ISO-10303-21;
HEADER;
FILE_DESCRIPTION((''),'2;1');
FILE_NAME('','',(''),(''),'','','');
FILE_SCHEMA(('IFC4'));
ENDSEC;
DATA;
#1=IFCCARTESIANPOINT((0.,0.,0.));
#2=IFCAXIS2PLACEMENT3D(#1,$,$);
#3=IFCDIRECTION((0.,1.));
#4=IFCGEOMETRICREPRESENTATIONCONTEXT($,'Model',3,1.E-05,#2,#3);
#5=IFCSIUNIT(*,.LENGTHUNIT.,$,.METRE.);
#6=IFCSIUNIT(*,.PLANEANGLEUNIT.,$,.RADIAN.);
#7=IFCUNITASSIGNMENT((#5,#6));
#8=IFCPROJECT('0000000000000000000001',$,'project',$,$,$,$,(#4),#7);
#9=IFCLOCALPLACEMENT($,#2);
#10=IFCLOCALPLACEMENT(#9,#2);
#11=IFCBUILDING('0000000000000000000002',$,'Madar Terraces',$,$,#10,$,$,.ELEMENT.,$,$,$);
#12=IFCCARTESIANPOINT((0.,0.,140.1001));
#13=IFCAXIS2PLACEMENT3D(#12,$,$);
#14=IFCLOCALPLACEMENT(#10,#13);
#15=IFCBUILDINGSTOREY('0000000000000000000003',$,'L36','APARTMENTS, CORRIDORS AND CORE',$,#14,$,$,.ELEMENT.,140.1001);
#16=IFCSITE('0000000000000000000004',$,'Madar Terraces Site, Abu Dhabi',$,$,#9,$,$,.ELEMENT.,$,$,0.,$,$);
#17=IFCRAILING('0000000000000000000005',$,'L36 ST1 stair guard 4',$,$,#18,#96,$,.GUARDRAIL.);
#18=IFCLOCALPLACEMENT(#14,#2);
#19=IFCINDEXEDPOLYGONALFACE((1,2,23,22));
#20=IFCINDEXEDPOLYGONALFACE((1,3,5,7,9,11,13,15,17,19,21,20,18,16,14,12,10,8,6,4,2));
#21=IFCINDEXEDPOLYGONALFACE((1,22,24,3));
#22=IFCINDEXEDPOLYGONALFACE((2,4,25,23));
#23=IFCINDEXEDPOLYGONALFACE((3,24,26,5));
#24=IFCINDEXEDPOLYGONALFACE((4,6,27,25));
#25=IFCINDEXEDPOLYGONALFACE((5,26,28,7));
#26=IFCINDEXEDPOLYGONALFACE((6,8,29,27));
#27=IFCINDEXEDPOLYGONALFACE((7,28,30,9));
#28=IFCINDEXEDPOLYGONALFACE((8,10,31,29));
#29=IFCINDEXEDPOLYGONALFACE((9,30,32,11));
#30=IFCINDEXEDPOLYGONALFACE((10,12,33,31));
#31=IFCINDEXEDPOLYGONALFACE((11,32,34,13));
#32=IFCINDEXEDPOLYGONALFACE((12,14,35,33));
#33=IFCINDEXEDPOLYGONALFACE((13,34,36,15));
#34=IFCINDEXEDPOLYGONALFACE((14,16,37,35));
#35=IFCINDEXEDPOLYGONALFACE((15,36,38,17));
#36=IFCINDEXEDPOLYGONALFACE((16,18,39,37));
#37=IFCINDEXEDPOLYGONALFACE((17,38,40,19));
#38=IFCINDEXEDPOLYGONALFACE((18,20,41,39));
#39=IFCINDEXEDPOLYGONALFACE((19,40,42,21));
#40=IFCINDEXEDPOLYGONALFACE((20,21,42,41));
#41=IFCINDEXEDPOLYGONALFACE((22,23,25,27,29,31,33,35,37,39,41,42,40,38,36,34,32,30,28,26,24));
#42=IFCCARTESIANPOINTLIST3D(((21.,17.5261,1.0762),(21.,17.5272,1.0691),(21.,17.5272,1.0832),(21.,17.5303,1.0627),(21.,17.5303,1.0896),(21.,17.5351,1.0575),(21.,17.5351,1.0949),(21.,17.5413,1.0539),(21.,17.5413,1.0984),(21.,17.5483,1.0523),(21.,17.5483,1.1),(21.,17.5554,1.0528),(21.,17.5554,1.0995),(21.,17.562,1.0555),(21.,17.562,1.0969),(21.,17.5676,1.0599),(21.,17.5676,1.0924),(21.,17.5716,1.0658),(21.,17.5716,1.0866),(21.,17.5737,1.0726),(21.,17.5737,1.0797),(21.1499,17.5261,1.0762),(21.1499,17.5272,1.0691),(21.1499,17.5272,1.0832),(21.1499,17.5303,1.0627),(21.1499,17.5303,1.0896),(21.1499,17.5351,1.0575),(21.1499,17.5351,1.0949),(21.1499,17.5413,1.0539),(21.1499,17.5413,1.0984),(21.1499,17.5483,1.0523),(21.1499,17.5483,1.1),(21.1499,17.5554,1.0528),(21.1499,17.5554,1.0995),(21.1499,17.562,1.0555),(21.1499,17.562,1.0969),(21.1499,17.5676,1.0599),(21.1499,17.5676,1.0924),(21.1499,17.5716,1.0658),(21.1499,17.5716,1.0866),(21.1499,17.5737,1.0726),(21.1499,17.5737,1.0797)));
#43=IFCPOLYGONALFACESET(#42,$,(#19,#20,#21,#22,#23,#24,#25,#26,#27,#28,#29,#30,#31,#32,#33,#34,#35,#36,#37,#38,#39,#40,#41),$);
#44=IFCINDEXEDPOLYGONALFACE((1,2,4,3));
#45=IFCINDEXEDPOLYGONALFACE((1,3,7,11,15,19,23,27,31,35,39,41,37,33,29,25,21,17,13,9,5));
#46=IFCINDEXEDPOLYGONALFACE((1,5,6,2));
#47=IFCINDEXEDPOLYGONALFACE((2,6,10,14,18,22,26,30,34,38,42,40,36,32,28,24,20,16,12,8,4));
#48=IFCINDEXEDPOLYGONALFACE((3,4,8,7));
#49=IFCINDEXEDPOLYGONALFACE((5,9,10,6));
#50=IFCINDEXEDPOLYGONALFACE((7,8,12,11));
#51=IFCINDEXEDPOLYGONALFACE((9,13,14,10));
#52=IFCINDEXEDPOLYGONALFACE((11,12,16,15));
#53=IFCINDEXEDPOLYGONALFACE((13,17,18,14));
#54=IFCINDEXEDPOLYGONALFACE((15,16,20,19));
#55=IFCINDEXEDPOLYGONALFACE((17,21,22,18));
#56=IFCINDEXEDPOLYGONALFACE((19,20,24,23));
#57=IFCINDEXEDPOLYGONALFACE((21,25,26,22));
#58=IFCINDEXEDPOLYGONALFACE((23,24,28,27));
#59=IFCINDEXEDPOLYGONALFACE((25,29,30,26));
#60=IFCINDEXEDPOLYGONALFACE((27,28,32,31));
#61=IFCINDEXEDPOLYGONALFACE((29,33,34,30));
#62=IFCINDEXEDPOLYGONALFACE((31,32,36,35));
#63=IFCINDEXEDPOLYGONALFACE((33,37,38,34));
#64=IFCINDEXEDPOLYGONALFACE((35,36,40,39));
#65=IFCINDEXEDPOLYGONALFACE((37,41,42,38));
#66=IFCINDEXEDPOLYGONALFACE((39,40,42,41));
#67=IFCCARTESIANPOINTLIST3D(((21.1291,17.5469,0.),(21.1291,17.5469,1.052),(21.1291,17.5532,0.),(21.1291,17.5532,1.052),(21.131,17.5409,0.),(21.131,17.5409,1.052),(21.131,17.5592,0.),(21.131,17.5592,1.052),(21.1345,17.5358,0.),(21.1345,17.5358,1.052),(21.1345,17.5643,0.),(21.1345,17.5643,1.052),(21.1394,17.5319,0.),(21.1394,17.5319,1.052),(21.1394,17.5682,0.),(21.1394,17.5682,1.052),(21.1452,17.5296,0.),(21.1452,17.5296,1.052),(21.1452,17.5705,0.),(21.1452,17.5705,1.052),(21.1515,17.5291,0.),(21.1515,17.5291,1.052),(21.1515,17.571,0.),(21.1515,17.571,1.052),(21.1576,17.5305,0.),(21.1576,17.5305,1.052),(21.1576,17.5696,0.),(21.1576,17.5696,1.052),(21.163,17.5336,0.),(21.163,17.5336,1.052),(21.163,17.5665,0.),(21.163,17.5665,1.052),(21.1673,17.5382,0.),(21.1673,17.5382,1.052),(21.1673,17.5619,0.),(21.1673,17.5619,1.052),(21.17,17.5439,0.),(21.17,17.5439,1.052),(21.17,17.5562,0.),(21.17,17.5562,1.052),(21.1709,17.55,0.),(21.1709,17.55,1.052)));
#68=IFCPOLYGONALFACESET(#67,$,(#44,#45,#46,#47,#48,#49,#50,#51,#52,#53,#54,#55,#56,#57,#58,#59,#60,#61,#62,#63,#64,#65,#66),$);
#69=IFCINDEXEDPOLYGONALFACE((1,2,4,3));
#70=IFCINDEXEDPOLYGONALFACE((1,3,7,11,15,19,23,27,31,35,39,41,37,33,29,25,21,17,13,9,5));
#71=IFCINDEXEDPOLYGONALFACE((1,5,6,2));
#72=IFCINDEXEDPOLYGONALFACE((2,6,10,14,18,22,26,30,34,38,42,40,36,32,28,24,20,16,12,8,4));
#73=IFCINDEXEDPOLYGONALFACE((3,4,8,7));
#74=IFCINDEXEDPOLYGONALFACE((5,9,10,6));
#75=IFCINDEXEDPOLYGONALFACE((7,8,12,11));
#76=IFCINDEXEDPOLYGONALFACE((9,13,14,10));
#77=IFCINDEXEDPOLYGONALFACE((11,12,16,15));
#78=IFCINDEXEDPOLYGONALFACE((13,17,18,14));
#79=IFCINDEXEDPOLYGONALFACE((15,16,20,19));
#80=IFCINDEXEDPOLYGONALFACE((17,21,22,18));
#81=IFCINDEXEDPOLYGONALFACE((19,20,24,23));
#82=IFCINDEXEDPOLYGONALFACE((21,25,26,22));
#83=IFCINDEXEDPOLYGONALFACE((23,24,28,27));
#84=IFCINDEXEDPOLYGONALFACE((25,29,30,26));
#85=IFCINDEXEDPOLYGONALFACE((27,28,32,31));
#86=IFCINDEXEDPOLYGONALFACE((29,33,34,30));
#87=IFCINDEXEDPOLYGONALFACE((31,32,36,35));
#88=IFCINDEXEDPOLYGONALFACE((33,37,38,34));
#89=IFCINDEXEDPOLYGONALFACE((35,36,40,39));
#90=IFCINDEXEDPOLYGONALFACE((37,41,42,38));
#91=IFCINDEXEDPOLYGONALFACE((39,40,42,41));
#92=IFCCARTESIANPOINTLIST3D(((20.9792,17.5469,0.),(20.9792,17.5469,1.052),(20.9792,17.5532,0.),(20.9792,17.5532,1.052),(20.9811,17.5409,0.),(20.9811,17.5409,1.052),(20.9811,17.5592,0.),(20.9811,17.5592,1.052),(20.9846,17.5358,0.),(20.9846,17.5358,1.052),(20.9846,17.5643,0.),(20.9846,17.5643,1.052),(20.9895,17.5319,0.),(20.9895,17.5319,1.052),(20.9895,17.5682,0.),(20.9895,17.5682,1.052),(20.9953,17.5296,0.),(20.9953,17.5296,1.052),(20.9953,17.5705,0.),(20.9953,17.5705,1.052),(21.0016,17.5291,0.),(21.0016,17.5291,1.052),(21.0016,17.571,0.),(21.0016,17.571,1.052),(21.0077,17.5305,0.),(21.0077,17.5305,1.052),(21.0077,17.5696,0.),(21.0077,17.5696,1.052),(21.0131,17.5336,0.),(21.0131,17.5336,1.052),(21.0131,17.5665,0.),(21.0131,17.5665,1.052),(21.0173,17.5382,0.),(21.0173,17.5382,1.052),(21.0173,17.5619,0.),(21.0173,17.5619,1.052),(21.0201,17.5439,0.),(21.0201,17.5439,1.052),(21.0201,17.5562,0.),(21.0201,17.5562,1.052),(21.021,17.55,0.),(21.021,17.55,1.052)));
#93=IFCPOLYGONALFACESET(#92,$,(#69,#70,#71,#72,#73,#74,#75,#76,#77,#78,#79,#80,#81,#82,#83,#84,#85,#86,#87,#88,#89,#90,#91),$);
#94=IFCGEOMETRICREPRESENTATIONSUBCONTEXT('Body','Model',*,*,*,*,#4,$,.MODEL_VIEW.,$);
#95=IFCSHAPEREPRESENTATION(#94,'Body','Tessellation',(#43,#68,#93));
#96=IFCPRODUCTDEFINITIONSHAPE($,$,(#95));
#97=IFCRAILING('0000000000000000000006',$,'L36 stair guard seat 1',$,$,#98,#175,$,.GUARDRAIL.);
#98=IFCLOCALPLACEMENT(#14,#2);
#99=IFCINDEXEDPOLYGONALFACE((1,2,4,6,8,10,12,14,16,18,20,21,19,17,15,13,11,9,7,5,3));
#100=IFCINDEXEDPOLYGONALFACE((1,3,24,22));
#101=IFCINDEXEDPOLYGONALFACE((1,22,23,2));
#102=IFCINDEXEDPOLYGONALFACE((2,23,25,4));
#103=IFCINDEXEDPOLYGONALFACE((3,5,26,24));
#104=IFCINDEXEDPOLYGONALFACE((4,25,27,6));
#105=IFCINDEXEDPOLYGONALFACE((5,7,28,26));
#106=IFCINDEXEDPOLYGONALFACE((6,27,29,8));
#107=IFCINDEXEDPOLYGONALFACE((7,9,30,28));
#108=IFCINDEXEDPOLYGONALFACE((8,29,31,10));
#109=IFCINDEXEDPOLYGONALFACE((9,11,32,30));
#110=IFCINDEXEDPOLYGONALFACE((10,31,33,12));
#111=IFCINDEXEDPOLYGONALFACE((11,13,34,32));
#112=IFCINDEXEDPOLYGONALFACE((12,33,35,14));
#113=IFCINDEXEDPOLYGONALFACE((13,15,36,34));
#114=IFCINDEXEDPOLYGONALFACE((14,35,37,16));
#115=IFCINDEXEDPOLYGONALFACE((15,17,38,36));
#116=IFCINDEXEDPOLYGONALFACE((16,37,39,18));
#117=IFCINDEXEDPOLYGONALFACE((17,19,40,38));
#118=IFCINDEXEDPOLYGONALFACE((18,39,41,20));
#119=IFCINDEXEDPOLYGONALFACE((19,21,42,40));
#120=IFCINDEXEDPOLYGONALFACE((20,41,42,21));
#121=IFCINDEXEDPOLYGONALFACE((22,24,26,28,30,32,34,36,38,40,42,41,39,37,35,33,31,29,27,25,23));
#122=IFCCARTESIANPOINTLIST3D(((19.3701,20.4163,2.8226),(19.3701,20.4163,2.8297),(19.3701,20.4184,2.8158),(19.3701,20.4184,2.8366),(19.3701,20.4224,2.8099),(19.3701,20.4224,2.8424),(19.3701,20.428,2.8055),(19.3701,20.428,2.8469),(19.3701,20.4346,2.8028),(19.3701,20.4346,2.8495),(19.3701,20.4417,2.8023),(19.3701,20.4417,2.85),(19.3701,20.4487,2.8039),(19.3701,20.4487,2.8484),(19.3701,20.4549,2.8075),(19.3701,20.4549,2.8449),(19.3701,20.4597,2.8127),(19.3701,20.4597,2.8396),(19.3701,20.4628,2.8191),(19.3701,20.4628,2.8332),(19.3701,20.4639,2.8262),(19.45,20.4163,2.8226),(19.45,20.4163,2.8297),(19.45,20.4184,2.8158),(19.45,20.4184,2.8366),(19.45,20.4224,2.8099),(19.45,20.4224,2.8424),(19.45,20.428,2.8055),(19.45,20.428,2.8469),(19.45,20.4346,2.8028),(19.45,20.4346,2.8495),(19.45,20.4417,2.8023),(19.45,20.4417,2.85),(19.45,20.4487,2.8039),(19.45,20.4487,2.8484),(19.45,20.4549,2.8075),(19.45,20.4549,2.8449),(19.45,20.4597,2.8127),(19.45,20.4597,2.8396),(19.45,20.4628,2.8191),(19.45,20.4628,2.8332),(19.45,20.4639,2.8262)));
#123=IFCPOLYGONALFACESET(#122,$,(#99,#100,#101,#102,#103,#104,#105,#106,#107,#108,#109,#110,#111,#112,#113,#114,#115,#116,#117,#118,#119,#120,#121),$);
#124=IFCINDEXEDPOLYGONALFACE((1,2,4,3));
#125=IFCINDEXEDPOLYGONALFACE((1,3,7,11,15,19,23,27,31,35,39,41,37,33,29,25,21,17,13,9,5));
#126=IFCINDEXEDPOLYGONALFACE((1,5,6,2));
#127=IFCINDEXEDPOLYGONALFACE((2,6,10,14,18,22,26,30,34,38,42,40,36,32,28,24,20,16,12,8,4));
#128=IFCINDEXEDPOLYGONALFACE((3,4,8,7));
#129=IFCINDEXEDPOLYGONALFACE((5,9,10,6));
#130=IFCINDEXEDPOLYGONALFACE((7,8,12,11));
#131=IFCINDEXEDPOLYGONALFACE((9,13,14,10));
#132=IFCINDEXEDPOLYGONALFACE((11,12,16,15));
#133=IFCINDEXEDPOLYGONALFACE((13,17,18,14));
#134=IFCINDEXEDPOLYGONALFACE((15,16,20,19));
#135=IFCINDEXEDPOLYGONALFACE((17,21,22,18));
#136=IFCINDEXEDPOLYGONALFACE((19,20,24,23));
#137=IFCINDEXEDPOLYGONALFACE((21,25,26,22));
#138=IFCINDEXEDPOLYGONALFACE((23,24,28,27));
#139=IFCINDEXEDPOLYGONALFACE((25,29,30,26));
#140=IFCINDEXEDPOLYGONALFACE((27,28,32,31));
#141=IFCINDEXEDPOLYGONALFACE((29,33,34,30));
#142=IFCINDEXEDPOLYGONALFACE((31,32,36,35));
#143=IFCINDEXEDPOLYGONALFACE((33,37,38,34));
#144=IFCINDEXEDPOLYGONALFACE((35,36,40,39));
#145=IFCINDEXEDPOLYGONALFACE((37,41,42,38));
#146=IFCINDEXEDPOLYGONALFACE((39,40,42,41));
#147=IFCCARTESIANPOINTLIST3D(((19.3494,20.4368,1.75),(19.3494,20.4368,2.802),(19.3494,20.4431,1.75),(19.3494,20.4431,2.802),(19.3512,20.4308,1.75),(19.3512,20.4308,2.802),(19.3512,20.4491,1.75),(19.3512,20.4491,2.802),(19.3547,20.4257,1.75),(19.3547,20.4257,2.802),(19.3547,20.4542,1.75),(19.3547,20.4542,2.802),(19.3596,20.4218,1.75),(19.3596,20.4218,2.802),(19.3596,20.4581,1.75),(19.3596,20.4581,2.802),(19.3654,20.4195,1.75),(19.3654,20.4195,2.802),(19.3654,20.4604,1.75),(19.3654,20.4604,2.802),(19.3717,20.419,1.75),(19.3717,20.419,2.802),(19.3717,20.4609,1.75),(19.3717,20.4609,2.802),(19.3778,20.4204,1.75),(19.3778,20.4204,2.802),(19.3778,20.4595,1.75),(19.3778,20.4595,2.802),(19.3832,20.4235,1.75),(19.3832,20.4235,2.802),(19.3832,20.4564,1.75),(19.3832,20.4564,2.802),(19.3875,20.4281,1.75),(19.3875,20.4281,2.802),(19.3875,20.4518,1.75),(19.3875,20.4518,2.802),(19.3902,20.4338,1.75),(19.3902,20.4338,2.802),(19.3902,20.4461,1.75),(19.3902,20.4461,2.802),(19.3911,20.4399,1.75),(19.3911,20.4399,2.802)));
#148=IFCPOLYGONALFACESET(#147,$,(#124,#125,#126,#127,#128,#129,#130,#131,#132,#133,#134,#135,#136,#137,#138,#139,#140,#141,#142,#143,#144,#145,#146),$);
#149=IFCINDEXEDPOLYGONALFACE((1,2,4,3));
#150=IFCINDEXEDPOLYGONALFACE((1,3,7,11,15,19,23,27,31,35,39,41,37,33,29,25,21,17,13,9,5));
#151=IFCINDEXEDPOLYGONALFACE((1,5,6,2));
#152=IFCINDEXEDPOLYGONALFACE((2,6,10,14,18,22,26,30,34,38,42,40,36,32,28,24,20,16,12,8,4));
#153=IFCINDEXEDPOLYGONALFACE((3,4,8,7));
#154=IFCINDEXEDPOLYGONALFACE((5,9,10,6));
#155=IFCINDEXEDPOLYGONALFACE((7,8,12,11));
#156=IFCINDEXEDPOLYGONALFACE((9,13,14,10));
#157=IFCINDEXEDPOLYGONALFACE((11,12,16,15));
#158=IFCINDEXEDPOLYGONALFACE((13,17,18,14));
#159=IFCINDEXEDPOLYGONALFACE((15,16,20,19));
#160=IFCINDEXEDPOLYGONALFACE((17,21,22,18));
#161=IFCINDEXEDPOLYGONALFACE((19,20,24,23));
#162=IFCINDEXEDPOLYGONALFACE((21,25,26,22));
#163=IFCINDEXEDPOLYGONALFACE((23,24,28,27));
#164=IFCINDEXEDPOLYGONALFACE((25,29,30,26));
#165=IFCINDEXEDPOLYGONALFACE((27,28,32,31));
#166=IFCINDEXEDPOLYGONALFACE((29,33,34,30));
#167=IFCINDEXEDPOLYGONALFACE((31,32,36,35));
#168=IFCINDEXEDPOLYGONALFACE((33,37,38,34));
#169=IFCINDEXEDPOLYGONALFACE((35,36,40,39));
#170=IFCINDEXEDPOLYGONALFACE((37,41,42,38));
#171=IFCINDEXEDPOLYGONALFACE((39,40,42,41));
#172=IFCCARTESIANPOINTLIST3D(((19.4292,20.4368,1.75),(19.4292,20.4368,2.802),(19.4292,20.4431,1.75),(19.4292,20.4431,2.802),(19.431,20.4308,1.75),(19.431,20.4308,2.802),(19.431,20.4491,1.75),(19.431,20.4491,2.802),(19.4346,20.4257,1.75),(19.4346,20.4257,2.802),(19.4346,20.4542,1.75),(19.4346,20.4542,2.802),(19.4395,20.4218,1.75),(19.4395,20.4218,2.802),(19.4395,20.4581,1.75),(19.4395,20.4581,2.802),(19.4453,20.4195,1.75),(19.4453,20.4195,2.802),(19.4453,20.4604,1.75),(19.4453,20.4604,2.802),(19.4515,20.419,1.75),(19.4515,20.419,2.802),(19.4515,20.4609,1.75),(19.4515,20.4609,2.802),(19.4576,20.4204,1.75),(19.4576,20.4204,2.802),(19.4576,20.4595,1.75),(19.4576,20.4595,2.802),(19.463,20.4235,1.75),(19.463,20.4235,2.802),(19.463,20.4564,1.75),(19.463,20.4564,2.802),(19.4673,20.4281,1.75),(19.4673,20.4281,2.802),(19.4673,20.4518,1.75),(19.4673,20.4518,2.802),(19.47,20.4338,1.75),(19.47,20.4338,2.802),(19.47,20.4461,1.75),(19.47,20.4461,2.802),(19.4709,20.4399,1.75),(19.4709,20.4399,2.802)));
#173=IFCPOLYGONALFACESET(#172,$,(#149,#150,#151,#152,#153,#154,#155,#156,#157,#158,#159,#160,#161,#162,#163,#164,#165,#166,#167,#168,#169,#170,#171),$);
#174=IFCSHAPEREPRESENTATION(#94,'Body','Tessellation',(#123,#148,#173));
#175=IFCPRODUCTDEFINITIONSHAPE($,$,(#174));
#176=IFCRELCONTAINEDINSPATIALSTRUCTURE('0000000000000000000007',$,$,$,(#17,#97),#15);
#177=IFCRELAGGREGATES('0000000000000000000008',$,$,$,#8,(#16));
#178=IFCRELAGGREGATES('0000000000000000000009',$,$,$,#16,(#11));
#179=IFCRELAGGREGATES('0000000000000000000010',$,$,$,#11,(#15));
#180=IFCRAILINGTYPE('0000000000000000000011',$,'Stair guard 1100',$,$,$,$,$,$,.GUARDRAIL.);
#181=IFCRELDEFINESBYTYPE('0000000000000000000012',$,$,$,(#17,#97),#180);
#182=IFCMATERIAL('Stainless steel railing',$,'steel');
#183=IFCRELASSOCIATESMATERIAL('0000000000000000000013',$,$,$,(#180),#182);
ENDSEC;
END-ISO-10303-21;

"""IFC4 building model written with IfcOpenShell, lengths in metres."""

from ifc_helpers import new_model, si_unit, direction, frame, origin, origin_2d, place, context, subcontext, project, spatial, circle, extrude, material, type_object, element, save


model = new_model("IFC4")

# Units and contexts
model_context = context("Model", 3, precision=1e-05, world=origin(), true_north=direction((0.0, 1.0)))
body_context = subcontext(model_context, "Body", "Model", "MODEL_VIEW")
ifc_project = project(units=[si_unit("LENGTHUNIT", "METRE"), si_unit("PLANEANGLEUNIT", "RADIAN")], contexts=[model_context])

# Site, building, storey
site_placement = place(None, origin())
site = spatial("IfcSite", under=ifc_project, at=site_placement, Name="Madar Terraces Site, Abu Dhabi", CompositionType="ELEMENT", RefElevation=0.0)
building_placement = place(site_placement, origin())
building = spatial("IfcBuilding", under=site, at=building_placement, Name="Madar Terraces", CompositionType="ELEMENT")
storey_placement = place(building_placement, frame((0.0, 0.0, 140.1001)))
storey = spatial("IfcBuildingStorey", under=building, at=storey_placement, Name="L36", Description="APARTMENTS, CORRIDORS AND CORE", CompositionType="ELEMENT", Elevation=140.1001)

# Railings
ifc_material_1 = material(Name="Stainless steel railing", Category="steel")
railing_type_1 = type_object("IfcRailingType", Name="Stair guard 1100", PredefinedType="GUARDRAIL", material=ifc_material_1)
railing_1_placement = place(storey_placement, frame((21.1499, 17.55, 0.0)))
element("IfcRailing", 1, at=railing_1_placement, inside=storey, type_object=railing_type_1, Name="L36 ST1 stair guard 4", PredefinedType="GUARDRAIL", context=body_context, shape_type="SweptSolid", body=[
    extrude(circle(Radius=0.0239, at=origin_2d()), frame((0.0, 0.0, 1.0762), z_axis=(-1.0, 0.0, 0.0), x_axis=(0.0, -1.0, 0.0)), (0.0, 0.0, 1.0), 0.1499),
    extrude(circle(Radius=0.021, at=origin_2d()), origin(), (0.0, 0.0, 1.0), 1.052),
    extrude(circle(Radius=0.021, at=origin_2d()), frame((-0.1499, 0.0, 0.0)), (0.0, 0.0, 1.0), 1.052),
])
for number, where, name in (
    (2, (19.3701, 20.4399, 1.75), "L36 stair guard seat 1"),
):
    element("IfcRailing", number, at=place(storey_placement, frame(where)), inside=storey, type_object=railing_type_1, Name=name, PredefinedType="GUARDRAIL", context=body_context, shape_type="SweptSolid", body=[
        extrude(circle(Radius=0.0239, at=origin_2d()), frame((0.0, 0.0, 1.0762), z_axis=(1.0, 0.0, 0.0), x_axis=(0.0, 1.0, 0.0)), (0.0, 0.0, 1.0), 0.0798),
        extrude(circle(Radius=0.021, at=origin_2d()), origin(), (0.0, 0.0, 1.0), 1.052),
        extrude(circle(Radius=0.021, at=origin_2d()), frame((0.0798, 0.0, 0.0)), (0.0, 0.0, 1.0), 1.052),
    ])

save(model, "model.ifc")
